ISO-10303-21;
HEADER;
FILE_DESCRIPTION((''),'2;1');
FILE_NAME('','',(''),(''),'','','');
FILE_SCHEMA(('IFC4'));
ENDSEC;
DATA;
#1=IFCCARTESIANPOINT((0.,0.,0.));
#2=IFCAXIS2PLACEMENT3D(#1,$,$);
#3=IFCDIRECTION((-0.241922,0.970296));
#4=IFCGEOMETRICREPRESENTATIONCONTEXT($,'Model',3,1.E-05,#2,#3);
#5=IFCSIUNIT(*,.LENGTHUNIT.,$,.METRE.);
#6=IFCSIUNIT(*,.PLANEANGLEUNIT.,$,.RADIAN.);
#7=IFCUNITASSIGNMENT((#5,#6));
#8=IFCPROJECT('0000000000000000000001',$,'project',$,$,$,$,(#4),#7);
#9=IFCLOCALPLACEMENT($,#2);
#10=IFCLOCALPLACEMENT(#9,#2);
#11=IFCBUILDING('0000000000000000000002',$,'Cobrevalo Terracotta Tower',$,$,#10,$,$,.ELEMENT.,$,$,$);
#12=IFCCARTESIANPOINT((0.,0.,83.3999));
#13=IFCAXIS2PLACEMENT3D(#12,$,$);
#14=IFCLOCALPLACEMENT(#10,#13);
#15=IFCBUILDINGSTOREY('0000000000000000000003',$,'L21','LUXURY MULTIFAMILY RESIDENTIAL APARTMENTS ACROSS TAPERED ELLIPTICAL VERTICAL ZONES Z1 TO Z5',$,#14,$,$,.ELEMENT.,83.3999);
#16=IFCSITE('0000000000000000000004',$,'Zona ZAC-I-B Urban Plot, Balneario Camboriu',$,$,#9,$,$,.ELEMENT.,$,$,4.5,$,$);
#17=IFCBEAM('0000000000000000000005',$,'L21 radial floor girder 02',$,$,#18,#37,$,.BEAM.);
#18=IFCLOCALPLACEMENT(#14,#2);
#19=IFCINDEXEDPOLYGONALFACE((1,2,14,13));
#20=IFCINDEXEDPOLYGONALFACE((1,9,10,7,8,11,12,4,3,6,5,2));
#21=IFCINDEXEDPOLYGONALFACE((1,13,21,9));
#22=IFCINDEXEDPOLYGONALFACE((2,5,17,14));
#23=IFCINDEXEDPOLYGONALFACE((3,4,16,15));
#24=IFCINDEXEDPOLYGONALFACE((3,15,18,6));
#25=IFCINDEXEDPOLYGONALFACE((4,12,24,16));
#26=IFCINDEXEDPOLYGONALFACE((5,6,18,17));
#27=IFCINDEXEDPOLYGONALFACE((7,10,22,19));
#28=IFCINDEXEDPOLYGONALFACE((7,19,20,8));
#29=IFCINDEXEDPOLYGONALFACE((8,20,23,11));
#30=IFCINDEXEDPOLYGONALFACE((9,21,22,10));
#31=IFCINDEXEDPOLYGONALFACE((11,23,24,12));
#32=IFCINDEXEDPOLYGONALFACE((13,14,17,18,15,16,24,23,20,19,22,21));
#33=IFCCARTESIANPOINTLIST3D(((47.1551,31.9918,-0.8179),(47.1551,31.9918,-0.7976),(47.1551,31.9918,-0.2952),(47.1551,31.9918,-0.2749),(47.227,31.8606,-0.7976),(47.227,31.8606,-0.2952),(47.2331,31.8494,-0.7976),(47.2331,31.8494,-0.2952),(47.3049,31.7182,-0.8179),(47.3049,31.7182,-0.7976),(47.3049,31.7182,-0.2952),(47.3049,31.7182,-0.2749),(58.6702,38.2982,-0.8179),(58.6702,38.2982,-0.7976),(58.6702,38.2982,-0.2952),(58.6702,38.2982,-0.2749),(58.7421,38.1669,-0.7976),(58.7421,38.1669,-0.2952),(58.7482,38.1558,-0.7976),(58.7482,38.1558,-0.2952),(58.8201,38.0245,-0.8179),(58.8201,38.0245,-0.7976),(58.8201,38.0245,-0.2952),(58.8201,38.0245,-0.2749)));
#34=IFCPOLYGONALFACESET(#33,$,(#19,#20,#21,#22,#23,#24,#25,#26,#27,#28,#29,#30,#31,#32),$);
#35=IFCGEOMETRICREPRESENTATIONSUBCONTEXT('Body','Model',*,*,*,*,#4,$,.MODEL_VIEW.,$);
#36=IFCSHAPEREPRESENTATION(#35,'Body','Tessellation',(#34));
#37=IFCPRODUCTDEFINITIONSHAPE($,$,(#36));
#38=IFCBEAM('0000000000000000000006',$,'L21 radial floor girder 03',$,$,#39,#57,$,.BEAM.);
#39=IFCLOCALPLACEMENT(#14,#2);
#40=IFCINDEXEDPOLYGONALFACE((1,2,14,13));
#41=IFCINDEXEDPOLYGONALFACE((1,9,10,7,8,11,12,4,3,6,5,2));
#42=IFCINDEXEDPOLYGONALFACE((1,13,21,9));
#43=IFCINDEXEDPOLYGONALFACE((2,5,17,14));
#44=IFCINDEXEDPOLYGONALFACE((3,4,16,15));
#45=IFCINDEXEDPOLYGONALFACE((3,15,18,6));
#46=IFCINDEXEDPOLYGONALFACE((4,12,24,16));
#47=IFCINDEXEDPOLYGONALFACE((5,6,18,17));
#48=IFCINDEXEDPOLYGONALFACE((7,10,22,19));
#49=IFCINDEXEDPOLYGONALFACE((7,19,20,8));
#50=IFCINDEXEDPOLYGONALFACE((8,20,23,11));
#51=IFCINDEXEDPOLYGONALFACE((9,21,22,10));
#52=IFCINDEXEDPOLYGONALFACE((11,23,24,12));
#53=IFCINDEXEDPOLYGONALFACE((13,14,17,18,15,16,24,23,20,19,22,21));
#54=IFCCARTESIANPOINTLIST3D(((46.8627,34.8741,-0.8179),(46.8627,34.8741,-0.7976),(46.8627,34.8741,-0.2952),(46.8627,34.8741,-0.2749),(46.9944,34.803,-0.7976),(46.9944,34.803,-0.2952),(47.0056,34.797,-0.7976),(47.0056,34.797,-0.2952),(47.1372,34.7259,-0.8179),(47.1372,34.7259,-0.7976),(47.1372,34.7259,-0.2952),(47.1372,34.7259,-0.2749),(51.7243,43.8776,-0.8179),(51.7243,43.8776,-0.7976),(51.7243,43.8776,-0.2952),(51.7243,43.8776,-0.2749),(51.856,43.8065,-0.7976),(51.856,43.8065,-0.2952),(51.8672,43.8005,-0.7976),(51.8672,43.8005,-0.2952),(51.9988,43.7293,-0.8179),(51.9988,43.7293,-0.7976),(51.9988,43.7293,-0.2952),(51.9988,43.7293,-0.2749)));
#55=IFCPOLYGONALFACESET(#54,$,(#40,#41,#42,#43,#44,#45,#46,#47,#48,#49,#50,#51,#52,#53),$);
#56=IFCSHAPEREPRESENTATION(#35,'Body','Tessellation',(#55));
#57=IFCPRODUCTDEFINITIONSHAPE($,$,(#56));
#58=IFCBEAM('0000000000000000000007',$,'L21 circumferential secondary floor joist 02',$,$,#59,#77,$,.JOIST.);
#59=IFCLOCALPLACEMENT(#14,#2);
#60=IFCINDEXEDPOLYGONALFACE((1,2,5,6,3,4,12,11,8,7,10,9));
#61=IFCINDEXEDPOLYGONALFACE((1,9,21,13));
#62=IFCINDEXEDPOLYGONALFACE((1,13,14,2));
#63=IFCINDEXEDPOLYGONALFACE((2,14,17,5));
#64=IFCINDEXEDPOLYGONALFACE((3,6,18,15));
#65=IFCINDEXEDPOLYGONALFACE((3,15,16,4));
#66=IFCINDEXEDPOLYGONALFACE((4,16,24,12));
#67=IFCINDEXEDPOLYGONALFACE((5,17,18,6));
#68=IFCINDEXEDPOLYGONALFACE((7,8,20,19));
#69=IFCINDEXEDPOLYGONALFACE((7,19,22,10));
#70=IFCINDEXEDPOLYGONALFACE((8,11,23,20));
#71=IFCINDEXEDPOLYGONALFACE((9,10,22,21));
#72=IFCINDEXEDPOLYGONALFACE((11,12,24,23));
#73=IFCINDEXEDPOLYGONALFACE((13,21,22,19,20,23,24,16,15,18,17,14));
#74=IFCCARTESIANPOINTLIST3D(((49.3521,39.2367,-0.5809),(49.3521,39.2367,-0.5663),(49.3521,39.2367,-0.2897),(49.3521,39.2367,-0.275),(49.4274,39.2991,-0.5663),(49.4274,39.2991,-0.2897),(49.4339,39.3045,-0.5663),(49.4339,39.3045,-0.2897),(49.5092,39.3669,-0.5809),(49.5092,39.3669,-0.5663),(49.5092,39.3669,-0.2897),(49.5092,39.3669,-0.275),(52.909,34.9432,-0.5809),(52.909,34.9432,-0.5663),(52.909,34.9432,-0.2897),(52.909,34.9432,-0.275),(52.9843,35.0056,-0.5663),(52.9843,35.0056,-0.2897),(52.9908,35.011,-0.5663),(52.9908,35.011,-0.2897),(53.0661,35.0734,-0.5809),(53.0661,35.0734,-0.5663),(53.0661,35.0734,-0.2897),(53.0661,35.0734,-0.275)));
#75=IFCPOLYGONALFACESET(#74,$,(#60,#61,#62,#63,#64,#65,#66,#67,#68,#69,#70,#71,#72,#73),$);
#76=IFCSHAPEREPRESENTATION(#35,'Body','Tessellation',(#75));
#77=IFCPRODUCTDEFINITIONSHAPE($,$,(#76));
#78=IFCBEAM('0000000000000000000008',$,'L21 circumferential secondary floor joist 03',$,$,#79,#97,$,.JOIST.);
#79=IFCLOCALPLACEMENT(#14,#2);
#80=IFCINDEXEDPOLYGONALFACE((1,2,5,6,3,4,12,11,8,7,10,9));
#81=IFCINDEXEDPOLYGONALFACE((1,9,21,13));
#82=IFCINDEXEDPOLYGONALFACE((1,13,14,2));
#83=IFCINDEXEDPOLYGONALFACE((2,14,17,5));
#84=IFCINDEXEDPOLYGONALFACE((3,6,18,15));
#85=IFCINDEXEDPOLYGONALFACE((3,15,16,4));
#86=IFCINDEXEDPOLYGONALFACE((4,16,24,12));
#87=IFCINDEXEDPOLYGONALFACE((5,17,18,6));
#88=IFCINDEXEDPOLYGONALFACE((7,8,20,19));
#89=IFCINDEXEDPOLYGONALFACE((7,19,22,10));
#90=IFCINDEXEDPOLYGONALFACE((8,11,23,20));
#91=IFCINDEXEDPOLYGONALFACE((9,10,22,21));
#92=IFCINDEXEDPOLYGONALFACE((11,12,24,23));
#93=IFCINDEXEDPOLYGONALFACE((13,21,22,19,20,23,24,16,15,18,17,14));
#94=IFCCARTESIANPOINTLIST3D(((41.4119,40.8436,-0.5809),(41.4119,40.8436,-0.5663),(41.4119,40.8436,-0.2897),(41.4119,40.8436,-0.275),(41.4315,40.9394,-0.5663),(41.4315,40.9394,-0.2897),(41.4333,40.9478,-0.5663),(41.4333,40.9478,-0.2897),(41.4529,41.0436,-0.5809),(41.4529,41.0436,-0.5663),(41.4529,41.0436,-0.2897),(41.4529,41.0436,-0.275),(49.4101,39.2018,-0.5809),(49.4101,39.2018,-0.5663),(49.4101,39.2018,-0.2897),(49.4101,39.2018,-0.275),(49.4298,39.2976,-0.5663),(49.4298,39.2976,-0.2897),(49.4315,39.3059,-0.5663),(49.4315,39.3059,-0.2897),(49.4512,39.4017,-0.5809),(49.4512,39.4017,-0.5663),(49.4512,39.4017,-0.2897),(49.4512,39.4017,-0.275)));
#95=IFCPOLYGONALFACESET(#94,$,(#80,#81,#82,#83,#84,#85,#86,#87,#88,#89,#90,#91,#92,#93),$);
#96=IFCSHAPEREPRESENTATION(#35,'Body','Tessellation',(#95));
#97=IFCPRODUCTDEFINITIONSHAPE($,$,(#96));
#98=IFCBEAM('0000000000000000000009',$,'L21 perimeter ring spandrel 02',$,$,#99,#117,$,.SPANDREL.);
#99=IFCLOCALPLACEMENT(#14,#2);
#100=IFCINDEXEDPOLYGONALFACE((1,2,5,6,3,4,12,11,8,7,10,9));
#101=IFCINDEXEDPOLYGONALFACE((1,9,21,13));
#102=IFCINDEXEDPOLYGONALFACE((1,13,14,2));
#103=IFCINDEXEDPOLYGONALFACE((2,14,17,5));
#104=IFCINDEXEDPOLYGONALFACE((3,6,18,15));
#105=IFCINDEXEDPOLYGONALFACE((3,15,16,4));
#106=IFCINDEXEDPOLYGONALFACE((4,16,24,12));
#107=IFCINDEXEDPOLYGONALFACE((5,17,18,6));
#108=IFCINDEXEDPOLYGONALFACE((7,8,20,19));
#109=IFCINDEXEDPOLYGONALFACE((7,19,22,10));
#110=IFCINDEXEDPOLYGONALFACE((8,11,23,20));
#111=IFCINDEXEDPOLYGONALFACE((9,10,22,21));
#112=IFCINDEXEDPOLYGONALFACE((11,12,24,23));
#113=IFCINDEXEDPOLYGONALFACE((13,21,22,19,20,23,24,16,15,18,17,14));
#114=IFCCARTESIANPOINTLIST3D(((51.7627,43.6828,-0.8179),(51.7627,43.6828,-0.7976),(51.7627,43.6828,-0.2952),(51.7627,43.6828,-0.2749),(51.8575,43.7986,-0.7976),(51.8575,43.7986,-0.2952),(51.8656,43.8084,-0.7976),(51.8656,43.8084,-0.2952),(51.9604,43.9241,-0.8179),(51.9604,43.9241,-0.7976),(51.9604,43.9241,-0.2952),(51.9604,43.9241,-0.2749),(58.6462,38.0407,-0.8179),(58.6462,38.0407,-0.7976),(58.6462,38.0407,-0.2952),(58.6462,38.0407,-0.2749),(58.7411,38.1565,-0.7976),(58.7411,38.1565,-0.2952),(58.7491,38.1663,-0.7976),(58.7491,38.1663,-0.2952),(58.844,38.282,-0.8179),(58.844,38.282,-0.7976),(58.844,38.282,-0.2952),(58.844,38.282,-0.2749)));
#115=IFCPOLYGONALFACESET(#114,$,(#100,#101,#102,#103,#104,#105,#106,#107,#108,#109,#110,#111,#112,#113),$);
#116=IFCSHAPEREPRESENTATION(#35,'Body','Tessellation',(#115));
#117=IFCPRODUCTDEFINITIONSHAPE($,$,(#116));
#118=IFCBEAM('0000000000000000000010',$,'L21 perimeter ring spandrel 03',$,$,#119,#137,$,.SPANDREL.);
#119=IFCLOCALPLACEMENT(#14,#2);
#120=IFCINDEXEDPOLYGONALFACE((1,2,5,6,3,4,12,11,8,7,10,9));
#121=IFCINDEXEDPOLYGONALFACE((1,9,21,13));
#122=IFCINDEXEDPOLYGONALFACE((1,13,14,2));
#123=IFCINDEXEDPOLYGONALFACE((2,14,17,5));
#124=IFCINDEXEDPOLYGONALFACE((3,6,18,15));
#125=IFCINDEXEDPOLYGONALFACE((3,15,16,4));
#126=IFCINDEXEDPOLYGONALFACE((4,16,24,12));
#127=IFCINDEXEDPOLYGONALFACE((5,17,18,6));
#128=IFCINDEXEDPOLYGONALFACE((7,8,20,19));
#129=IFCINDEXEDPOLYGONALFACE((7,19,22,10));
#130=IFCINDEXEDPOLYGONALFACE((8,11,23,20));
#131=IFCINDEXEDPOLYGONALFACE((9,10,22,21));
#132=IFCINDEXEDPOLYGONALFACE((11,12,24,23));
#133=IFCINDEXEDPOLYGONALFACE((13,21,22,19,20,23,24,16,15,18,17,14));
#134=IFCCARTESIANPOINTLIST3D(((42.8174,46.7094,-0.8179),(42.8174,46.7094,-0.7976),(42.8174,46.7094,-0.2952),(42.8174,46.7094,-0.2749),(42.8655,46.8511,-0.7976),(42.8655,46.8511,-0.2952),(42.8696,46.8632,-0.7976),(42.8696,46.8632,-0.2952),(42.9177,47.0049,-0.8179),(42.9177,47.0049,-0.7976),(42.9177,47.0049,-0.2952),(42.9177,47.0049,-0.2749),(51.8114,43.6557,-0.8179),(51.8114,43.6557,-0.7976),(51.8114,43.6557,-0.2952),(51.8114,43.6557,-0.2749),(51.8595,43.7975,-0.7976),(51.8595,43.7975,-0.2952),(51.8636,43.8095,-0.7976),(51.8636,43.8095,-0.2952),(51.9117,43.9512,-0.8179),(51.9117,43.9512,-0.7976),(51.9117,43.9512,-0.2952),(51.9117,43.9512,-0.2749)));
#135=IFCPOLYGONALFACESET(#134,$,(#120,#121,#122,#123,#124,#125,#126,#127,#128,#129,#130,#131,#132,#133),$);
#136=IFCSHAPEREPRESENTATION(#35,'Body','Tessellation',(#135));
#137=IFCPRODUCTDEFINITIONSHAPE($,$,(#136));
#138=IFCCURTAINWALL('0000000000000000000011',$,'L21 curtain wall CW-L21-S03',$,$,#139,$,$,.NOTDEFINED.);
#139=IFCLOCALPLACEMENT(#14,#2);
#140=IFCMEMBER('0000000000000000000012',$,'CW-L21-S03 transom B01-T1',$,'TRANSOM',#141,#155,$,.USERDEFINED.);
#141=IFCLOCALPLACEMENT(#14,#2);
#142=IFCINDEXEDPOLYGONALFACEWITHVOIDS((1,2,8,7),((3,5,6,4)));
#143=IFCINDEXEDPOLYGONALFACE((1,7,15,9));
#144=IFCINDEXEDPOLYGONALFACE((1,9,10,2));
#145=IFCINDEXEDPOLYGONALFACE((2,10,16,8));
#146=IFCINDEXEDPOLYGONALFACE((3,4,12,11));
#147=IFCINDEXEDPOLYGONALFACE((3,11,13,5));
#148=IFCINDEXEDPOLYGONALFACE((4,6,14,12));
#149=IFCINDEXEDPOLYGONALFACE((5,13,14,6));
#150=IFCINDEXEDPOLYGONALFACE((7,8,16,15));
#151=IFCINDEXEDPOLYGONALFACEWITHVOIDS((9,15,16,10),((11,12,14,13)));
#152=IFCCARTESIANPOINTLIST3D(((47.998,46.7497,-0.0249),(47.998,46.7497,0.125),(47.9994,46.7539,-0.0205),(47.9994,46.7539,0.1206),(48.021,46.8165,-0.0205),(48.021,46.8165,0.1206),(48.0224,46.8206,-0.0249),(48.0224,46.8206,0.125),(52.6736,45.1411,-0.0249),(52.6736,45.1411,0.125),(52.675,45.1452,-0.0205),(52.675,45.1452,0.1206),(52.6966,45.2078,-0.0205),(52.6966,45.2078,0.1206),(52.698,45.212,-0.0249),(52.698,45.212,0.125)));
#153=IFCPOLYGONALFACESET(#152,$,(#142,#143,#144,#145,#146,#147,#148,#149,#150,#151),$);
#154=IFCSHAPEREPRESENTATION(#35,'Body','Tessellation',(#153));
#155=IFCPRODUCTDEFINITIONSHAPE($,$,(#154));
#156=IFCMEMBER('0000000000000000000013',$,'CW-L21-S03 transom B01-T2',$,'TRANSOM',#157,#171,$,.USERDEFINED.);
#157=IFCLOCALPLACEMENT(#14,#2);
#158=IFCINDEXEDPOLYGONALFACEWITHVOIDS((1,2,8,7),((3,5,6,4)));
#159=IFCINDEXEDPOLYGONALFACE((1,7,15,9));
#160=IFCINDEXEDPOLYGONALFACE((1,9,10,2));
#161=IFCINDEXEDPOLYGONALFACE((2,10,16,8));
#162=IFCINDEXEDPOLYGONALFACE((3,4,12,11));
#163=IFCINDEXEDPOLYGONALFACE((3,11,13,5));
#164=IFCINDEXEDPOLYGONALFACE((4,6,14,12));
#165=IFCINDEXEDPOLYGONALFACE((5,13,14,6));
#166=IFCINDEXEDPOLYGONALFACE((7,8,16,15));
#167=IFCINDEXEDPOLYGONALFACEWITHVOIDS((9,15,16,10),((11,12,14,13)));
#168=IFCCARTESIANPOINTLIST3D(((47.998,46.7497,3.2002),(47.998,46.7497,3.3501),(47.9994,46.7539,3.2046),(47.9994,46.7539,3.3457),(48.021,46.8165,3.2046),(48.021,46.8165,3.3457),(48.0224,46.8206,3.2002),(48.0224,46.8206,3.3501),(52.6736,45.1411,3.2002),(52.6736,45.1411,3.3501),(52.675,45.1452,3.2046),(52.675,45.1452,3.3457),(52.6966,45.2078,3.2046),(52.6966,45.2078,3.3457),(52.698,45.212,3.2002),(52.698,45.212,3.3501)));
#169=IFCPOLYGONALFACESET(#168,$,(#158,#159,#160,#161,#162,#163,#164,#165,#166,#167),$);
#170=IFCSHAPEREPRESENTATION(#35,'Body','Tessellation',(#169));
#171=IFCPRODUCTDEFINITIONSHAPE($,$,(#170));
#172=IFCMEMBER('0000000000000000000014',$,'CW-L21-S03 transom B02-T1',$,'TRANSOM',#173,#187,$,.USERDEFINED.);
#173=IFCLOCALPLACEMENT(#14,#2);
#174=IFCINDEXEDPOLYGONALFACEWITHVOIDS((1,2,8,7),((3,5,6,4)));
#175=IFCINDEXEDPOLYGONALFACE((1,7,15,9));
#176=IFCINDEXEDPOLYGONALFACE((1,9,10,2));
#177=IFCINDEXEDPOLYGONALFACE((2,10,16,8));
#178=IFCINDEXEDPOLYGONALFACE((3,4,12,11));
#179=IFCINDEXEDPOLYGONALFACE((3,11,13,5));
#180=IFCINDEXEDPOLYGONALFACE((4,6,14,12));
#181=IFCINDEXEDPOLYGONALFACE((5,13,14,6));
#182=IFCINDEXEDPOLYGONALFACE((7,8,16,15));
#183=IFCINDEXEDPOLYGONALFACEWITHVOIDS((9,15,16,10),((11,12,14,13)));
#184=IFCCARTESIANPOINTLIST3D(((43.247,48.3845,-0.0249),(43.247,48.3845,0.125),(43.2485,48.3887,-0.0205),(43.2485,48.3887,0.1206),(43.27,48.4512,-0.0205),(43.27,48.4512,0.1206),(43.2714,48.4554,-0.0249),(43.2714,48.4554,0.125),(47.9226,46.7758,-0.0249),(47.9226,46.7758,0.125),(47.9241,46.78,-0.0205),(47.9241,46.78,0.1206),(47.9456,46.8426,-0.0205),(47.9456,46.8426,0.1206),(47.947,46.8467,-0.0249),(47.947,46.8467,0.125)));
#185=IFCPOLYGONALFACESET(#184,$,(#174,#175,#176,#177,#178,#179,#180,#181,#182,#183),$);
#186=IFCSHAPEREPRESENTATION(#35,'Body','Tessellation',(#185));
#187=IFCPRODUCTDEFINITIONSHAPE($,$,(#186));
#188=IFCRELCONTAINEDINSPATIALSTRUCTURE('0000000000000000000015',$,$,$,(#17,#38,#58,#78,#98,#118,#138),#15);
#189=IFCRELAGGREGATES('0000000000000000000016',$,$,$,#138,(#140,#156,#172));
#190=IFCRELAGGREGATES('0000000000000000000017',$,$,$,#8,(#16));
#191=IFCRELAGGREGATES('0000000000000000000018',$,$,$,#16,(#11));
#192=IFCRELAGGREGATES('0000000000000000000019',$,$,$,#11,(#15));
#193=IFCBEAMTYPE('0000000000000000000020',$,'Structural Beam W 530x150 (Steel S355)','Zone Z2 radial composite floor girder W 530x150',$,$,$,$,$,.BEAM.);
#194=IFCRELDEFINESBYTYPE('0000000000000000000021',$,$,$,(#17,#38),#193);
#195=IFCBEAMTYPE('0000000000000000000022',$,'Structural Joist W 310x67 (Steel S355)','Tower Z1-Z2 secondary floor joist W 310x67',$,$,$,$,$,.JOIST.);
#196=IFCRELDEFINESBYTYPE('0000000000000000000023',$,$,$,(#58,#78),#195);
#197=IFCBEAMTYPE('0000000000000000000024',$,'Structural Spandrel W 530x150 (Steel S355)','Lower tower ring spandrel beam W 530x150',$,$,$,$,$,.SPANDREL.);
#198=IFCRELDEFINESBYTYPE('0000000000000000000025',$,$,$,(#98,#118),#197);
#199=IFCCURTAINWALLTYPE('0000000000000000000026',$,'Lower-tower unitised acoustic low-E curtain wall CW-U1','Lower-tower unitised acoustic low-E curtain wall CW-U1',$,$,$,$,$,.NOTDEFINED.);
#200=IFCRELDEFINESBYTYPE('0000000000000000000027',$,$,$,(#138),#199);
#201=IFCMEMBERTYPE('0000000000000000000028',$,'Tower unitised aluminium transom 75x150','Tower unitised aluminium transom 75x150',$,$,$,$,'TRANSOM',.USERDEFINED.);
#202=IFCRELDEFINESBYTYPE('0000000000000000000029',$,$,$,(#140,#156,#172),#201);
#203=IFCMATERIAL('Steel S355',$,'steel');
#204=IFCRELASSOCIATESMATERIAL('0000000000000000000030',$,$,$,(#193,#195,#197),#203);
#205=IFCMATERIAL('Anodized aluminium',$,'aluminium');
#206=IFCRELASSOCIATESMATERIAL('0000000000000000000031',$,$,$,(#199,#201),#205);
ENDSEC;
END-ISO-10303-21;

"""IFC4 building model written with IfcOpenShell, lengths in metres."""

from ifc_helpers import new_model, si_unit, direction, frame, origin, origin_2d, place, context, subcontext, project, spatial, hollow_rectangle, i_section, extrude, source, transform, mapped, material, material_profile, profile_set, type_object, element, aggregate, save


model = new_model("IFC4")

# Units and contexts
model_context = context("Model", 3, precision=1e-05, world=origin(), true_north=direction((-0.241922, 0.970296)))
body_context = subcontext(model_context, "Body", "Model", "MODEL_VIEW")
ifc_project = project(units=[si_unit("LENGTHUNIT", "METRE"), si_unit("PLANEANGLEUNIT", "RADIAN")], contexts=[model_context])

# Site, building, storey
site_placement = place(None, origin())
site = spatial("IfcSite", under=ifc_project, at=site_placement, Name="Zona ZAC-I-B Urban Plot, Balneario Camboriu", CompositionType="ELEMENT", RefElevation=4.5)
building_placement = place(site_placement, origin())
building = spatial("IfcBuilding", under=site, at=building_placement, Name="Cobrevalo Terracotta Tower", CompositionType="ELEMENT")
storey_placement = place(building_placement, frame((0.0, 0.0, 83.3999)))
storey = spatial("IfcBuildingStorey", under=building, at=storey_placement, Name="L21", Description="LUXURY MULTIFAMILY RESIDENTIAL APARTMENTS ACROSS TAPERED ELLIPTICAL VERTICAL ZONES Z1 TO Z5", CompositionType="ELEMENT", Elevation=83.3999)

# Shared definitions
ifc_material_1 = material(Name="Steel S355", Category="steel")

# Beams
ifc_material_profile_1 = material_profile(ifc_material_1, i_section(OverallWidth=0.312, OverallDepth=0.543, WebThickness=0.0127, FlangeThickness=0.0203, at=origin_2d()), Name="W 530x150")
ifc_profile_set_1 = profile_set([ifc_material_profile_1], Name="Steel S355")
beam_type_1 = type_object("IfcBeamType", Name="Structural Beam W 530x150 (Steel S355)", Description="Zone Z2 radial composite floor girder W 530x150", PredefinedType="BEAM", material=ifc_profile_set_1)
beam_1_placement = place(storey_placement, frame((58.7451, 38.1614, -0.5464), z_axis=(-0.877081, -0.480343, 0.0), x_axis=(0.480343, -0.877081, 0.0)))
element("IfcBeam", 1, at=beam_1_placement, inside=storey, type_object=beam_type_1, Name="L21 radial floor girder 02", PredefinedType="BEAM", context=body_context, shape_type="SweptSolid", body=[
    extrude(i_section(OverallWidth=0.312, OverallDepth=0.543, WebThickness=0.0127, FlangeThickness=0.0203, at=origin_2d()), origin(), (0.0, 0.0, 1.0), 13.1289),
])
beam_2_placement = place(storey_placement, frame((51.8616, 43.8035, -0.5464), z_axis=(-0.475128, -0.879917, 0.0), x_axis=(0.879917, -0.475128, 0.0)))
element("IfcBeam", 2, at=beam_2_placement, inside=storey, type_object=beam_type_1, Name="L21 radial floor girder 03", PredefinedType="BEAM", context=body_context, shape_type="SweptSolid", body=[
    extrude(i_section(OverallWidth=0.312, OverallDepth=0.543, WebThickness=0.0127, FlangeThickness=0.0203, at=origin_2d()), origin(), (0.0, 0.0, 1.0), 10.2322),
])
ifc_material_profile_2 = material_profile(ifc_material_1, i_section(OverallWidth=0.2041, OverallDepth=0.3059, WebThickness=0.0085, FlangeThickness=0.0146, at=origin_2d()), Name="W 310x67")
ifc_profile_set_2 = profile_set([ifc_material_profile_2], Name="Steel S355")
beam_type_2 = type_object("IfcBeamType", Name="Structural Joist W 310x67 (Steel S355)", Description="Tower Z1-Z2 secondary floor joist W 310x67", PredefinedType="JOIST", material=ifc_profile_set_2)
beam_3_placement = place(storey_placement, frame((52.9875, 35.0083, -0.428), z_axis=(-0.637959, 0.77007, 0.0), x_axis=(-0.77007, -0.637959, 0.0)))
element("IfcBeam", 3, at=beam_3_placement, inside=storey, type_object=beam_type_2, Name="L21 circumferential secondary floor joist 02", PredefinedType="JOIST", context=body_context, shape_type="SweptSolid", body=[
    extrude(i_section(OverallWidth=0.2041, OverallDepth=0.3059, WebThickness=0.0085, FlangeThickness=0.0146, at=origin_2d()), origin(), (0.0, 0.0, 1.0), 5.5754),
])
beam_4_placement = place(storey_placement, frame((49.4307, 39.3018, -0.428), z_axis=(-0.979574, 0.201082, 0.0), x_axis=(-0.201082, -0.979574, 0.0)))
element("IfcBeam", 4, at=beam_4_placement, inside=storey, type_object=beam_type_2, Name="L21 circumferential secondary floor joist 03", PredefinedType="JOIST", context=body_context, shape_type="SweptSolid", body=[
    extrude(i_section(OverallWidth=0.2041, OverallDepth=0.3059, WebThickness=0.0085, FlangeThickness=0.0146, at=origin_2d()), origin(), (0.0, 0.0, 1.0), 8.165),
])
ifc_material_profile_3 = material_profile(ifc_material_1, i_section(OverallWidth=0.312, OverallDepth=0.543, WebThickness=0.0127, FlangeThickness=0.0203, at=origin_2d()), Name="W 530x150")
ifc_profile_set_3 = profile_set([ifc_material_profile_3], Name="Steel S355")
beam_type_3 = type_object("IfcBeamType", Name="Structural Spandrel W 530x150 (Steel S355)", Description="Lower tower ring spandrel beam W 530x150", PredefinedType="SPANDREL", material=ifc_profile_set_3)
beam_5_placement = place(storey_placement, frame((58.7451, 38.1614, -0.5464), z_axis=(-0.773401, 0.633917, 0.0), x_axis=(-0.633917, -0.773401, 0.0)))
element("IfcBeam", 5, at=beam_5_placement, inside=storey, type_object=beam_type_3, Name="L21 perimeter ring spandrel 02", PredefinedType="SPANDREL", context=body_context, shape_type="SweptSolid", body=[
    extrude(i_section(OverallWidth=0.312, OverallDepth=0.543, WebThickness=0.0127, FlangeThickness=0.0203, at=origin_2d()), origin(), (0.0, 0.0, 1.0), 8.9004),
])
beam_6_placement = place(storey_placement, frame((51.8616, 43.8035, -0.5464), z_axis=(-0.946911, 0.321497, 0.0), x_axis=(-0.321497, -0.946911, 0.0)))
element("IfcBeam", 6, at=beam_6_placement, inside=storey, type_object=beam_type_3, Name="L21 perimeter ring spandrel 03", PredefinedType="SPANDREL", context=body_context, shape_type="SweptSolid", body=[
    extrude(i_section(OverallWidth=0.312, OverallDepth=0.543, WebThickness=0.0127, FlangeThickness=0.0203, at=origin_2d()), origin(), (0.0, 0.0, 1.0), 9.4983),
])

# Curtain wall, members
ifc_material_2 = material(Name="Anodized aluminium", Category="aluminium")
curtain_wall_type = type_object("IfcCurtainWallType", Name="Lower-tower unitised acoustic low-E curtain wall CW-U1", Description="Lower-tower unitised acoustic low-E curtain wall CW-U1", PredefinedType="NOTDEFINED", material=ifc_material_2)
curtain_wall_placement = place(storey_placement, origin())
curtain_wall = element("IfcCurtainWall", 7, at=curtain_wall_placement, inside=storey, type_object=curtain_wall_type, Name="L21 curtain wall CW-L21-S03", PredefinedType="NOTDEFINED")
ifc_material_profile_4 = material_profile(ifc_material_2, hollow_rectangle(XDim=0.075, YDim=0.1499, WallThickness=0.0044, at=origin_2d()), Name="CWT 75x150")
ifc_profile_set_4 = profile_set([ifc_material_profile_4], Name="Anodized aluminium")
member_type_1 = type_object("IfcMemberType", Name="Tower unitised aluminium transom 75x150", Description="Tower unitised aluminium transom 75x150", ElementType="TRANSOM", PredefinedType="USERDEFINED", material=ifc_profile_set_4)
shared_shape_1 = source(origin(), body_context, "Body", "SweptSolid", [
    extrude(hollow_rectangle(XDim=0.075, YDim=0.1499, WallThickness=0.0044, at=origin_2d()), origin(), (0.0, 0.0, 1.0), 4.9446),
])
member_1_placement = place(storey_placement, frame((52.6858, 45.1765, 0.05), z_axis=(-0.945598, 0.325338, 0.0), x_axis=(-0.325338, -0.945598, 0.0)))
member_1 = element("IfcMember", 8, at=member_1_placement, type_object=member_type_1, Name="CW-L21-S03 transom B01-T1", ObjectType="TRANSOM", PredefinedType="USERDEFINED", context=body_context, shape_type="MappedRepresentation", body=[
    mapped(shared_shape_1, transform((0.0, 0.0, 0.0), scale=1.0)),
])
member_2_placement = place(storey_placement, frame((52.6858, 45.1765, 3.2751), z_axis=(-0.945598, 0.325338, 0.0), x_axis=(-0.325338, -0.945598, 0.0)))
member_2 = element("IfcMember", 9, at=member_2_placement, type_object=member_type_1, Name="CW-L21-S03 transom B01-T2", ObjectType="TRANSOM", PredefinedType="USERDEFINED", context=body_context, shape_type="MappedRepresentation", body=[
    mapped(shared_shape_1, transform((0.0, 0.0, 0.0), scale=1.0)),
])
member_3_placement = place(storey_placement, frame((47.9348, 46.8113, 0.05), z_axis=(-0.945598, 0.325338, 0.0), x_axis=(-0.325338, -0.945598, 0.0)))
member_3 = element("IfcMember", 10, at=member_3_placement, type_object=member_type_1, Name="CW-L21-S03 transom B02-T1", ObjectType="TRANSOM", PredefinedType="USERDEFINED", context=body_context, shape_type="MappedRepresentation", body=[
    mapped(shared_shape_1, transform((0.0, 0.0, 0.0), scale=1.0)),
])
aggregate(curtain_wall, [member_1, member_2, member_3])

save(model, "model.ifc")
